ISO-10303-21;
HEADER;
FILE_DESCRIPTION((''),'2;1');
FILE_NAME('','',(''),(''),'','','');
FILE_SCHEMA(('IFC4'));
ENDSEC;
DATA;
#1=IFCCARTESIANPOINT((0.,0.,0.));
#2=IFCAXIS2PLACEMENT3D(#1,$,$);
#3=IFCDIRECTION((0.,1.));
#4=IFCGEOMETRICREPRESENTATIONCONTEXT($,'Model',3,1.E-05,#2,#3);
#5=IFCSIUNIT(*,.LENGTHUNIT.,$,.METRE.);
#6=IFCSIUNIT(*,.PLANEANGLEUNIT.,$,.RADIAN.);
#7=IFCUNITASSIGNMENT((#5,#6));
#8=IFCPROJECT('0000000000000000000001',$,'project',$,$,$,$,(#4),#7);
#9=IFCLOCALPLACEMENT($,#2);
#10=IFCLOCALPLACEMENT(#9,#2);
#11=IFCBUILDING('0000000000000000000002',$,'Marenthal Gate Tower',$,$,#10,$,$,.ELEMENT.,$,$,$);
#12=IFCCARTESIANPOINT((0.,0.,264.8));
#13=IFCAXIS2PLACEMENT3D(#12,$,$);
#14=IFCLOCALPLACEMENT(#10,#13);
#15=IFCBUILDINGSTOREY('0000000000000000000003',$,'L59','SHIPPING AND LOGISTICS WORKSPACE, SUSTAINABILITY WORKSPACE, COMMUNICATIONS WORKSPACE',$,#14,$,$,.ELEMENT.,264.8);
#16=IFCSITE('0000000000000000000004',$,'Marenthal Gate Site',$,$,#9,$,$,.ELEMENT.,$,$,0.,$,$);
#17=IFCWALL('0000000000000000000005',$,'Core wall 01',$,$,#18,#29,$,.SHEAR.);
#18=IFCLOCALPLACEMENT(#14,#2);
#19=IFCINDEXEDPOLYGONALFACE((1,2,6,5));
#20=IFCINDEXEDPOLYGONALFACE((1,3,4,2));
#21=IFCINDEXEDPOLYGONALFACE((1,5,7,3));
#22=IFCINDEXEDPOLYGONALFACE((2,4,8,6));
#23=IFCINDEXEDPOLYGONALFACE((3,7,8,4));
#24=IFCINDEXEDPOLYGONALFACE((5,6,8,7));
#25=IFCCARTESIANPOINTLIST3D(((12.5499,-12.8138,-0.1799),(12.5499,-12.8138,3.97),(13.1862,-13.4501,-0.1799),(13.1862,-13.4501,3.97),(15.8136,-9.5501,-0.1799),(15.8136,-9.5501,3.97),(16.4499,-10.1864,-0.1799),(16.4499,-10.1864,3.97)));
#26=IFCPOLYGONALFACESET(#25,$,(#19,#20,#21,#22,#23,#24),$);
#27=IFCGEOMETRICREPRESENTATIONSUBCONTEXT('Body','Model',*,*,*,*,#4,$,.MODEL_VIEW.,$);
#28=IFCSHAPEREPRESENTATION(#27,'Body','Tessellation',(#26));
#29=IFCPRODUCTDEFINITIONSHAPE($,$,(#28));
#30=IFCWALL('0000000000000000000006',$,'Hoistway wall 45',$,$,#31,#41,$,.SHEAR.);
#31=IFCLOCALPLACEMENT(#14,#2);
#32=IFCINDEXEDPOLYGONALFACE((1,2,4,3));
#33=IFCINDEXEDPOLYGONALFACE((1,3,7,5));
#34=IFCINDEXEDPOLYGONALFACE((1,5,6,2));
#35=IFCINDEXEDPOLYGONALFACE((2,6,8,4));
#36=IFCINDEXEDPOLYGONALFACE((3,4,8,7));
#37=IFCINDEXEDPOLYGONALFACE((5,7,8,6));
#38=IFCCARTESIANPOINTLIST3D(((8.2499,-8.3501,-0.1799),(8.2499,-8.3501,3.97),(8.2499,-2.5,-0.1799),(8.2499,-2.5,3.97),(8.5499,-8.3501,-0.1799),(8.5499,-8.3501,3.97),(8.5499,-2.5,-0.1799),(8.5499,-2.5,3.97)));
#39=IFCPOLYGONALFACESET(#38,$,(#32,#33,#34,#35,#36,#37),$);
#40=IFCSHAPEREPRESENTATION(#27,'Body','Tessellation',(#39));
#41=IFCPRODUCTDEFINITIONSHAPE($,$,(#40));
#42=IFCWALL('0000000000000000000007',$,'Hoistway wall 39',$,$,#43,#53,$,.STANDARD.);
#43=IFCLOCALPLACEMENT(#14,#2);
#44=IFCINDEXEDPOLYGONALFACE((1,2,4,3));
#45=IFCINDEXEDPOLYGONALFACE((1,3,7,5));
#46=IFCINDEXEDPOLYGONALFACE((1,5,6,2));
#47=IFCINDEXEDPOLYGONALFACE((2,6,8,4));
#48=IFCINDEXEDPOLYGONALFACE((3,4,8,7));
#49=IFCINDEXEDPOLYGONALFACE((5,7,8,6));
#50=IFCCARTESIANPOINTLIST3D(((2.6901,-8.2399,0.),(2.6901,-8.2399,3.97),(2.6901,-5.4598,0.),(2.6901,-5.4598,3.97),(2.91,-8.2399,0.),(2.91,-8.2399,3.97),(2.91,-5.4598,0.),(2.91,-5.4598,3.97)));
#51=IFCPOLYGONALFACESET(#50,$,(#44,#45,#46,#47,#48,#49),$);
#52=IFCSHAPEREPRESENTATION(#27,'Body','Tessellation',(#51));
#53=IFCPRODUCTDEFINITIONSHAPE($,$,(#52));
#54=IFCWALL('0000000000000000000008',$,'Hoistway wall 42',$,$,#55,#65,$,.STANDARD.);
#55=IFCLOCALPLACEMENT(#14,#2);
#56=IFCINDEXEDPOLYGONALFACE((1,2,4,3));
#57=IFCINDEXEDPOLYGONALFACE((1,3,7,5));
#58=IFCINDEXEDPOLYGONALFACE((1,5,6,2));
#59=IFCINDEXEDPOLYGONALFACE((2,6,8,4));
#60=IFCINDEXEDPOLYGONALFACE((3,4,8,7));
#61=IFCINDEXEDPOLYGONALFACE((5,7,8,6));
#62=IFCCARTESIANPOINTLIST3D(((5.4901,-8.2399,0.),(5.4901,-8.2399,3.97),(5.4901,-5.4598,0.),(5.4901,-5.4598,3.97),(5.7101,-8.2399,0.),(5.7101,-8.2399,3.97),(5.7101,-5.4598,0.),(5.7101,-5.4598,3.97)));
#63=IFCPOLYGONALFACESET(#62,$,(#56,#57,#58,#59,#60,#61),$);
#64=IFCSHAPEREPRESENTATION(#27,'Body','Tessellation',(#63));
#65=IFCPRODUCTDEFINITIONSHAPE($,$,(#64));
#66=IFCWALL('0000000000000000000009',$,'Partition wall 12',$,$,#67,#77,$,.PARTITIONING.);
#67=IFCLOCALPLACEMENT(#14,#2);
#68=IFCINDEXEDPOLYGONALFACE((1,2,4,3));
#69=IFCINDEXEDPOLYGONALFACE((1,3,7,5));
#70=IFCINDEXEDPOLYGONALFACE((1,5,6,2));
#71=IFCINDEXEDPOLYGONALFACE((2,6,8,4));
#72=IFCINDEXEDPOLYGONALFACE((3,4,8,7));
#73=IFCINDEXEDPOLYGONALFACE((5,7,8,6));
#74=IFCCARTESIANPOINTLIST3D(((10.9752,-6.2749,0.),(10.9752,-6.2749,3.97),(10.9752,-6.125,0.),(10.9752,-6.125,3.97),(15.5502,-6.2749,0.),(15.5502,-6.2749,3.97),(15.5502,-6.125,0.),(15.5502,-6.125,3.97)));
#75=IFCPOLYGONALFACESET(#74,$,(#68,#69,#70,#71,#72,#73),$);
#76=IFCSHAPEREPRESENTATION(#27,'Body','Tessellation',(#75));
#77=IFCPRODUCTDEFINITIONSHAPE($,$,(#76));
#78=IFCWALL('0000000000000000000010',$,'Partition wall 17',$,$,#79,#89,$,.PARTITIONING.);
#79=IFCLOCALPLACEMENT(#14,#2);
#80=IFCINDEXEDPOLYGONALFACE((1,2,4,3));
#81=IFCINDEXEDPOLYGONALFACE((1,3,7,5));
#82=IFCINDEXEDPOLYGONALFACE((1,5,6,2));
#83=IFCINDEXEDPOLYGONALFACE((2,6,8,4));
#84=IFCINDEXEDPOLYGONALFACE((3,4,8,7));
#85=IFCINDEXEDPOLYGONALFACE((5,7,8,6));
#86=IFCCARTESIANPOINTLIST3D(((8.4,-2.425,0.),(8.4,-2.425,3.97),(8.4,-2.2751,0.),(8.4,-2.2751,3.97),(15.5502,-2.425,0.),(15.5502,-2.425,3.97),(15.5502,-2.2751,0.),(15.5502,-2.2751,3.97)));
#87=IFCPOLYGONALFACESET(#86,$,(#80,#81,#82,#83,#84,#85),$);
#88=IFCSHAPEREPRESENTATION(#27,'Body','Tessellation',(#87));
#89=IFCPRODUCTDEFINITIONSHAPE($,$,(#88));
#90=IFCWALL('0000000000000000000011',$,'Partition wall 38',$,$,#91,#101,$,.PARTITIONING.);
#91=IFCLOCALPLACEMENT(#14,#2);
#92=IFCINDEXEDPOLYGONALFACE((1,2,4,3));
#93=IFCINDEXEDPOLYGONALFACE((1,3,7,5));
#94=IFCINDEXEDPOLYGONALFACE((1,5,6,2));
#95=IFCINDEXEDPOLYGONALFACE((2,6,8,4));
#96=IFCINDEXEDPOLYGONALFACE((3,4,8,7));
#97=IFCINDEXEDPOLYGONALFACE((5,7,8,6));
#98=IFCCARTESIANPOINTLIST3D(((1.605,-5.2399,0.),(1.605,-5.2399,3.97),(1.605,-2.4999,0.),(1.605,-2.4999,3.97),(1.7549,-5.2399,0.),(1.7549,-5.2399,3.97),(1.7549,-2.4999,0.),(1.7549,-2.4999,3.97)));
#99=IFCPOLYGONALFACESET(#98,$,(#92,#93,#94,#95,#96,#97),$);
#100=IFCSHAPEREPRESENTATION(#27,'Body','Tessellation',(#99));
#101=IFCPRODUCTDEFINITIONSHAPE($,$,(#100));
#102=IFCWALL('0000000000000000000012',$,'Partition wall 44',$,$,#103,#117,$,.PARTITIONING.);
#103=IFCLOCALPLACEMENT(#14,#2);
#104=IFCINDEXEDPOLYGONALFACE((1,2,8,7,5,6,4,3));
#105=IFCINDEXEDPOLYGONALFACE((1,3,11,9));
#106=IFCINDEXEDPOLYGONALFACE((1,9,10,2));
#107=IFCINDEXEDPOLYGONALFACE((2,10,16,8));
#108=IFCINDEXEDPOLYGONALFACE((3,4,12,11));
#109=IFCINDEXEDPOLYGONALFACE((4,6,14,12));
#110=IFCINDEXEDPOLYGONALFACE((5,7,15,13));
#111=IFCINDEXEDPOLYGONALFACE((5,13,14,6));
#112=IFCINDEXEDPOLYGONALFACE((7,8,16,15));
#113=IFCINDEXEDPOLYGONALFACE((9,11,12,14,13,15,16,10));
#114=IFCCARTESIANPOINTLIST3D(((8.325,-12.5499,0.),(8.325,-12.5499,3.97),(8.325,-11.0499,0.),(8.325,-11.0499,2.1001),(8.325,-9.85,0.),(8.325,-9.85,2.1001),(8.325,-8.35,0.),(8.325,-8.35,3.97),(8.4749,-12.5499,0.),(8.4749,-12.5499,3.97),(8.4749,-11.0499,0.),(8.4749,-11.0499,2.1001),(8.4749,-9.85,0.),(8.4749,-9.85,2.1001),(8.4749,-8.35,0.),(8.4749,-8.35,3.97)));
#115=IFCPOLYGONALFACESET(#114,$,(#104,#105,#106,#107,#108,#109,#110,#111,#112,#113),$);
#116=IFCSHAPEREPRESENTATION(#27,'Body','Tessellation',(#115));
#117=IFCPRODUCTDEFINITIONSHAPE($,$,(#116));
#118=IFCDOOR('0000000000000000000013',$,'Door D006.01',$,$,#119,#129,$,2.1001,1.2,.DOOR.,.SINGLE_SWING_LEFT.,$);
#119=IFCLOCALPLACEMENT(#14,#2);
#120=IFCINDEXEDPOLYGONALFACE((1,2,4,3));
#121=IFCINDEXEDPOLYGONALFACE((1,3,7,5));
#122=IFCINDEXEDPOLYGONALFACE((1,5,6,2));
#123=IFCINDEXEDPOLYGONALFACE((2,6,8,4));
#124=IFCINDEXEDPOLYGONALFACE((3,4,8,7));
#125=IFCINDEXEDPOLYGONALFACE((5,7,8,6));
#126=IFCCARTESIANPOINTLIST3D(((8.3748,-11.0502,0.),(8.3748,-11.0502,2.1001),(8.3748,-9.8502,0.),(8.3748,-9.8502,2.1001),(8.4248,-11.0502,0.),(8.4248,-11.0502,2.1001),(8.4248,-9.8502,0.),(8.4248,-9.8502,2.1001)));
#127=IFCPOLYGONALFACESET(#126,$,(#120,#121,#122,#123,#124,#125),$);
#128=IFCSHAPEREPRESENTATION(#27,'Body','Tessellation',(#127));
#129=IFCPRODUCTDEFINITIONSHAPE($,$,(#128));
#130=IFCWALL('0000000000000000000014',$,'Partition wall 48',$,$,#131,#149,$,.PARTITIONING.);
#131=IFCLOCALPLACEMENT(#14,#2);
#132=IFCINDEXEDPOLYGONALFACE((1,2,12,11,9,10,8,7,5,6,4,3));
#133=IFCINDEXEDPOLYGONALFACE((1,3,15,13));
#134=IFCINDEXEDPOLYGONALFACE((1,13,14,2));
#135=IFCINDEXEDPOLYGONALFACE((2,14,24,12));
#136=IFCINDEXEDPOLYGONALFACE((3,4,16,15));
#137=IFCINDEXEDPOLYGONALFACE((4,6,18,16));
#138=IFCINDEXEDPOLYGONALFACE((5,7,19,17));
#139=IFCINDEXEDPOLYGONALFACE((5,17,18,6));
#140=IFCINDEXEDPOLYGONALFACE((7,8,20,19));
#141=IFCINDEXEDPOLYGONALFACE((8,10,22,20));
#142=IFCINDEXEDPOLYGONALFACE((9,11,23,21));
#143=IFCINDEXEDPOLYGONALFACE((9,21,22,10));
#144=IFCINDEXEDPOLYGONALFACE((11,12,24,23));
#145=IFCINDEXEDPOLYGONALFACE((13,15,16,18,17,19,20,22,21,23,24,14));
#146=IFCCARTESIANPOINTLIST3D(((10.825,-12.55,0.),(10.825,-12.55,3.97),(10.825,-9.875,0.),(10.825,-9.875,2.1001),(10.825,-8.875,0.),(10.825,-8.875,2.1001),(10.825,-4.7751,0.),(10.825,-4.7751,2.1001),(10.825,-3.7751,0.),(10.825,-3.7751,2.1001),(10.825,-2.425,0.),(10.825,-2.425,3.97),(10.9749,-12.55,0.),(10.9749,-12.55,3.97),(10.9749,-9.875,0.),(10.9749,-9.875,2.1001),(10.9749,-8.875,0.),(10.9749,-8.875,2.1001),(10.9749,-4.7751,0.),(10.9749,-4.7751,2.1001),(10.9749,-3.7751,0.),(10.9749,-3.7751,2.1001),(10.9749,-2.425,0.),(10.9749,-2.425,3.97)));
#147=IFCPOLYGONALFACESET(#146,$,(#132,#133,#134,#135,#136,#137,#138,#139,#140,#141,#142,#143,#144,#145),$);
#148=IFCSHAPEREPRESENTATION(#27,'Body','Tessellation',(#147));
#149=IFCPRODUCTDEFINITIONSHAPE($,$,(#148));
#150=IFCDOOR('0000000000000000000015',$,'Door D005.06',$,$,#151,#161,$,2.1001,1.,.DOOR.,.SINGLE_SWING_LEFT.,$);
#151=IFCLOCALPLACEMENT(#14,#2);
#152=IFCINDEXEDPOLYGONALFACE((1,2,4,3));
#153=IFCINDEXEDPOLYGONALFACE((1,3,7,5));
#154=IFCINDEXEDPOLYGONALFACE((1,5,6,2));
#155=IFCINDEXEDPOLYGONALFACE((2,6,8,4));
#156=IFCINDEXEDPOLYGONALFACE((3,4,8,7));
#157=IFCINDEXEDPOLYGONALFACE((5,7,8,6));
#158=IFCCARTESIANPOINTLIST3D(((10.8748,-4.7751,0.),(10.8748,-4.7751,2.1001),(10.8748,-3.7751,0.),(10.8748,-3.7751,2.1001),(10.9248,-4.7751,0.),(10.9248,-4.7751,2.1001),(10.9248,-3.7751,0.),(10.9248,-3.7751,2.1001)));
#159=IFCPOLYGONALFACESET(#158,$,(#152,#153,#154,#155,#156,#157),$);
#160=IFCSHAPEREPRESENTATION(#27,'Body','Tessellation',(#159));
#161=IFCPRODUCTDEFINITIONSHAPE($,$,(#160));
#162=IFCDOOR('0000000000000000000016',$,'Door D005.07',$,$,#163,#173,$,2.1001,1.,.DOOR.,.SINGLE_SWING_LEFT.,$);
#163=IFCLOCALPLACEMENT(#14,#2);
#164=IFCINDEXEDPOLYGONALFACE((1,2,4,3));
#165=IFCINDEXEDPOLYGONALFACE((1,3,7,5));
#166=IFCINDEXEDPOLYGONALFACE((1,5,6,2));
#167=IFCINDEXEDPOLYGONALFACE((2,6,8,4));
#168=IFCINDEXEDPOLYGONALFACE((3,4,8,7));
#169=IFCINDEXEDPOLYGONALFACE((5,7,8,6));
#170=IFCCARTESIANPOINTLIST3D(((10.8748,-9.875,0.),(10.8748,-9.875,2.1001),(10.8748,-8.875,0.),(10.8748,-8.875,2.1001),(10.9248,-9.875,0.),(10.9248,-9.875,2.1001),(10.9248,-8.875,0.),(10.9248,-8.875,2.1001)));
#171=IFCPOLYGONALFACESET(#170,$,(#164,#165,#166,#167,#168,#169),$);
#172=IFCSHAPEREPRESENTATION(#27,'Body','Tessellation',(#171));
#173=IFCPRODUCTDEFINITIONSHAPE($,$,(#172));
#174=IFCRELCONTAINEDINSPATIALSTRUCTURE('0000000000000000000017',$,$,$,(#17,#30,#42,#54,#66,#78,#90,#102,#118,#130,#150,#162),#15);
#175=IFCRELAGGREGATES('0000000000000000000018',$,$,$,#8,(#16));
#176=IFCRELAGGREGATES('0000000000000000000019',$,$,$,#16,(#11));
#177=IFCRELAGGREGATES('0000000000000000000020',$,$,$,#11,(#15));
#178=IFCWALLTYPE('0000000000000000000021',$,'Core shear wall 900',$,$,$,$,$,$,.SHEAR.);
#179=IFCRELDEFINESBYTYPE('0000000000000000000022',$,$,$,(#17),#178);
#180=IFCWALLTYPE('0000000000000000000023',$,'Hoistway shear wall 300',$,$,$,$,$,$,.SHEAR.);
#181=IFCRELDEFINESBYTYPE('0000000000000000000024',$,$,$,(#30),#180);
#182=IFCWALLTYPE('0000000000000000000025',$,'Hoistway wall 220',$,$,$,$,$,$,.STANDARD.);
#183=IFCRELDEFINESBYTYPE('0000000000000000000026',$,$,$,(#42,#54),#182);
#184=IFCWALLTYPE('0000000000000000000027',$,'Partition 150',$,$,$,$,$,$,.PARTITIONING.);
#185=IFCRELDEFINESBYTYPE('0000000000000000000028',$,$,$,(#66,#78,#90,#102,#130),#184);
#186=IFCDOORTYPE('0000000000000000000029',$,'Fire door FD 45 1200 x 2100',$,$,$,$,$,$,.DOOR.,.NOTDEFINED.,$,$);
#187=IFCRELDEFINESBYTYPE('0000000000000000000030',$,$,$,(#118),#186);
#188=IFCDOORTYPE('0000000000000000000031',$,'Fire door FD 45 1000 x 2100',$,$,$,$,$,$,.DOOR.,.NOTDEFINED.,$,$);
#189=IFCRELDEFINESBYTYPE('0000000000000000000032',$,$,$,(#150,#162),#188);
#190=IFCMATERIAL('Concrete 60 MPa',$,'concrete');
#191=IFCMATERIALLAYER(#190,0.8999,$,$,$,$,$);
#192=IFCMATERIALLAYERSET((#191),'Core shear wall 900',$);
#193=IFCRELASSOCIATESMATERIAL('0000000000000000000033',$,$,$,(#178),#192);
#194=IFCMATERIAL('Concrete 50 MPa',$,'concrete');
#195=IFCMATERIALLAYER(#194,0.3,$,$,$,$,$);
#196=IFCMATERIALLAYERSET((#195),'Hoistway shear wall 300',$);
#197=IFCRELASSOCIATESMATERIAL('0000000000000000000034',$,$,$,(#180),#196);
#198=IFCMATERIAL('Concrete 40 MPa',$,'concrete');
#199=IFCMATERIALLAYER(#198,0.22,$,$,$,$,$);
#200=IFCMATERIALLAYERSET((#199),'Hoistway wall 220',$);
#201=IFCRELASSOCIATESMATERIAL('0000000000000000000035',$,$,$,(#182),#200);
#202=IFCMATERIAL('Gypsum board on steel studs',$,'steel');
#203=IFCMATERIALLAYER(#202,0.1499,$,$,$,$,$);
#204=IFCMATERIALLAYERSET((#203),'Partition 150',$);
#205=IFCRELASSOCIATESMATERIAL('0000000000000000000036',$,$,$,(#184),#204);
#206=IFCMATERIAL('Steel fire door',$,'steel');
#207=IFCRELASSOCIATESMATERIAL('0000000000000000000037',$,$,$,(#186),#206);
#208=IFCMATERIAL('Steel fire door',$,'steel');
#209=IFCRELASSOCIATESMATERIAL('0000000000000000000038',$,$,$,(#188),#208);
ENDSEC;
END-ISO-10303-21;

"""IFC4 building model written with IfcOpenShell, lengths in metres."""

from ifc_helpers import new_model, si_unit, direction, frame, frame_2d, origin, place, context, subcontext, project, spatial, rectangle, extrude, material, layer, layer_set, type_object, element, fill, save


model = new_model("IFC4")

# Units and contexts
model_context = context("Model", 3, precision=1e-05, world=origin(), true_north=direction((0.0, 1.0)))
body_context = subcontext(model_context, "Body", "Model", "MODEL_VIEW")
ifc_project = project(units=[si_unit("LENGTHUNIT", "METRE"), si_unit("PLANEANGLEUNIT", "RADIAN")], contexts=[model_context])

# Site, building, storey
site_placement = place(None, origin())
site = spatial("IfcSite", under=ifc_project, at=site_placement, Name="Marenthal Gate Site", CompositionType="ELEMENT", RefElevation=0.0)
building_placement = place(site_placement, origin())
building = spatial("IfcBuilding", under=site, at=building_placement, Name="Marenthal Gate Tower", CompositionType="ELEMENT")
storey_placement = place(building_placement, frame((0.0, 0.0, 264.8)))
storey = spatial("IfcBuildingStorey", under=building, at=storey_placement, Name="L59", Description="SHIPPING AND LOGISTICS WORKSPACE, SUSTAINABILITY WORKSPACE, COMMUNICATIONS WORKSPACE", CompositionType="ELEMENT", Elevation=264.8)

# Walls
ifc_material_1 = material(Name="Concrete 60 MPa", Category="concrete")
ifc_layer_1 = layer(ifc_material_1, 0.8999)
ifc_layer_set_1 = layer_set([ifc_layer_1], Name="Core shear wall 900")
wall_type_1 = type_object("IfcWallType", Name="Core shear wall 900", PredefinedType="SHEAR", material=ifc_layer_set_1)
wall_1_placement = place(storey_placement, frame((12.8682, -13.1318, -0.1799), z_axis=(0.0, 0.0, 1.0), x_axis=(0.707107, 0.707107, 0.0)))
element("IfcWall", 1, at=wall_1_placement, inside=storey, type_object=wall_type_1, Name="Core wall 01", PredefinedType="SHEAR", context=body_context, shape_type="SweptSolid", body=[
    extrude(rectangle(XDim=4.6155, YDim=0.8999, at=frame_2d((2.3076, 0.0))), origin(), (0.0, 0.0, 1.0), 4.1499),
])
ifc_material_2 = material(Name="Concrete 50 MPa", Category="concrete")
ifc_layer_2 = layer(ifc_material_2, 0.3)
ifc_layer_set_2 = layer_set([ifc_layer_2], Name="Hoistway shear wall 300")
wall_type_2 = type_object("IfcWallType", Name="Hoistway shear wall 300", PredefinedType="SHEAR", material=ifc_layer_set_2)
wall_2_placement = place(storey_placement, frame((8.3999, -8.3501, -0.1799), z_axis=(0.0, 0.0, 1.0), x_axis=(0.0, 1.0, 0.0)))
element("IfcWall", 2, at=wall_2_placement, inside=storey, type_object=wall_type_2, Name="Hoistway wall 45", PredefinedType="SHEAR", context=body_context, shape_type="SweptSolid", body=[
    extrude(rectangle(XDim=5.8501, YDim=0.3, at=frame_2d((2.925, 0.0))), origin(), (0.0, 0.0, 1.0), 4.1499),
])
ifc_material_3 = material(Name="Concrete 40 MPa", Category="concrete")
ifc_layer_3 = layer(ifc_material_3, 0.22)
ifc_layer_set_3 = layer_set([ifc_layer_3], Name="Hoistway wall 220")
wall_type_3 = type_object("IfcWallType", Name="Hoistway wall 220", PredefinedType="STANDARD", material=ifc_layer_set_3)
for number, where, z_axis, x_axis, name in (
    (3, (2.8, -8.24, 0.0), (0.0, 0.0, 1.0), (0.0, 1.0, 0.0), "Hoistway wall 39"),
    (4, (5.6001, -8.24, 0.0), (0.0, 0.0, 1.0), (0.0, 1.0, 0.0), "Hoistway wall 42"),
):
    element("IfcWall", number, at=place(storey_placement, frame(where, z_axis=z_axis, x_axis=x_axis)), inside=storey, type_object=wall_type_3, Name=name, PredefinedType="STANDARD", context=body_context, shape_type="SweptSolid", body=[
        extrude(rectangle(XDim=2.78, YDim=0.22, at=frame_2d((1.3901, 0.0))), origin(), (0.0, 0.0, 1.0), 3.97),
    ])
ifc_material_4 = material(Name="Gypsum board on steel studs", Category="steel")
ifc_layer_4 = layer(ifc_material_4, 0.1499)
ifc_layer_set_4 = layer_set([ifc_layer_4], Name="Partition 150")
wall_type_4 = type_object("IfcWallType", Name="Partition 150", PredefinedType="PARTITIONING", material=ifc_layer_set_4)
wall_3_placement = place(storey_placement, frame((10.9751, -6.2, 0.0), z_axis=(0.0, 0.0, 1.0), x_axis=(1.0, 0.0, 0.0)))
element("IfcWall", 5, at=wall_3_placement, inside=storey, type_object=wall_type_4, Name="Partition wall 12", PredefinedType="PARTITIONING", context=body_context, shape_type="SweptSolid", body=[
    extrude(rectangle(XDim=4.575, YDim=0.1499, at=frame_2d((2.2876, 0.0))), origin(), (0.0, 0.0, 1.0), 3.97),
])
wall_4_placement = place(storey_placement, frame((8.3999, -2.3501, 0.0), z_axis=(0.0, 0.0, 1.0), x_axis=(1.0, 0.0, 0.0)))
element("IfcWall", 6, at=wall_4_placement, inside=storey, type_object=wall_type_4, Name="Partition wall 17", PredefinedType="PARTITIONING", context=body_context, shape_type="SweptSolid", body=[
    extrude(rectangle(XDim=7.1501, YDim=0.1499, at=frame_2d((3.5752, 0.0))), origin(), (0.0, 0.0, 1.0), 3.97),
])
wall_5_placement = place(storey_placement, frame((1.6799, -5.24, 0.0), z_axis=(0.0, 0.0, 1.0), x_axis=(0.0, 1.0, 0.0)))
element("IfcWall", 7, at=wall_5_placement, inside=storey, type_object=wall_type_4, Name="Partition wall 38", PredefinedType="PARTITIONING", context=body_context, shape_type="SweptSolid", body=[
    extrude(rectangle(XDim=2.74, YDim=0.1499, at=frame_2d((1.3701, 0.0))), origin(), (0.0, 0.0, 1.0), 3.97),
])

# Wall, opening, door
wall_6_placement = place(storey_placement, frame((8.3999, -12.55, 0.0), z_axis=(0.0, 0.0, 1.0), x_axis=(0.0, 1.0, 0.0)))
wall_6 = element("IfcWall", 8, at=wall_6_placement, inside=storey, type_object=wall_type_4, Name="Partition wall 44", PredefinedType="PARTITIONING", context=body_context, shape_type="SweptSolid", body=[
    extrude(rectangle(XDim=4.2, YDim=0.1499, at=frame_2d((2.1001, 0.0))), origin(), (0.0, 0.0, 1.0), 3.97),
])
opening_1_placement = place(wall_6_placement, frame((1.5, 0.0, 0.0)))
opening_1 = element("IfcOpeningElement", 9, at=opening_1_placement, cuts=wall_6, PredefinedType="OPENING", context=body_context, shape_type="SweptSolid", body=[
    extrude(rectangle(XDim=1.2, YDim=2.1001, at=frame_2d((0.6001, 1.05))), frame((0.0, 0.085, 0.0), z_axis=(0.0, -1.0, 0.0), x_axis=(1.0, 0.0, 0.0)), (0.0, 0.0, 1.0), 0.1699),
])
ifc_material_5 = material(Name="Steel fire door", Category="steel")
door_type_1 = type_object("IfcDoorType", Name="Fire door FD 45 1200 x 2100", OperationType="NOTDEFINED", PredefinedType="DOOR", material=ifc_material_5)
door_1_placement = place(opening_1_placement, frame((1.2, 0.0, 0.0), z_axis=(0.0, 0.0, 1.0), x_axis=(-1.0, 0.0, 0.0)))
door_1 = element("IfcDoor", 10, at=door_1_placement, inside=storey, type_object=door_type_1, Name="Door D006.01", OperationType="SINGLE_SWING_LEFT", OverallHeight=2.1001, OverallWidth=1.2, PredefinedType="DOOR", context=body_context, shape_type="SweptSolid", body=[
    extrude(rectangle(XDim=1.2, YDim=2.1001, at=frame_2d((0.6001, 1.05))), frame((0.0, 0.0249, 0.0), z_axis=(0.0, -1.0, 0.0), x_axis=(1.0, 0.0, 0.0)), (0.0, 0.0, 1.0), 0.05),
])
fill(opening_1, door_1)

# Wall, openings, doors
wall_7_placement = place(storey_placement, frame((10.8999, -12.55, 0.0), z_axis=(0.0, 0.0, 1.0), x_axis=(0.0, 1.0, 0.0)))
wall_7 = element("IfcWall", 11, at=wall_7_placement, inside=storey, type_object=wall_type_4, Name="Partition wall 48", PredefinedType="PARTITIONING", context=body_context, shape_type="SweptSolid", body=[
    extrude(rectangle(XDim=10.125, YDim=0.1499, at=frame_2d((5.0625, 0.0))), origin(), (0.0, 0.0, 1.0), 3.97),
])
opening_2_placement = place(wall_7_placement, frame((7.7749, 0.0, 0.0)))
opening_2 = element("IfcOpeningElement", 12, at=opening_2_placement, cuts=wall_7, PredefinedType="OPENING", context=body_context, shape_type="SweptSolid", body=[
    extrude(rectangle(XDim=1.0, YDim=2.1001, at=frame_2d((0.5, 1.05))), frame((0.0, 0.085, 0.0), z_axis=(0.0, -1.0, 0.0), x_axis=(1.0, 0.0, 0.0)), (0.0, 0.0, 1.0), 0.1699),
])
opening_3_placement = place(wall_7_placement, frame((2.675, 0.0, 0.0)))
opening_3 = element("IfcOpeningElement", 13, at=opening_3_placement, cuts=wall_7, PredefinedType="OPENING", context=body_context, shape_type="SweptSolid", body=[
    extrude(rectangle(XDim=1.0, YDim=2.1001, at=frame_2d((0.5, 1.05))), frame((0.0, 0.085, 0.0), z_axis=(0.0, -1.0, 0.0), x_axis=(1.0, 0.0, 0.0)), (0.0, 0.0, 1.0), 0.1699),
])
ifc_material_6 = material(Name="Steel fire door", Category="steel")
door_type_2 = type_object("IfcDoorType", Name="Fire door FD 45 1000 x 2100", OperationType="NOTDEFINED", PredefinedType="DOOR", material=ifc_material_6)
door_2_placement = place(opening_2_placement, frame((1.0, 0.0, 0.0), z_axis=(0.0, 0.0, 1.0), x_axis=(-1.0, 0.0, 0.0)))
door_2 = element("IfcDoor", 14, at=door_2_placement, inside=storey, type_object=door_type_2, Name="Door D005.06", OperationType="SINGLE_SWING_LEFT", OverallHeight=2.1001, OverallWidth=1.0, PredefinedType="DOOR", context=body_context, shape_type="SweptSolid", body=[
    extrude(rectangle(XDim=1.0, YDim=2.1001, at=frame_2d((0.5, 1.05))), frame((0.0, 0.0249, 0.0), z_axis=(0.0, -1.0, 0.0), x_axis=(1.0, 0.0, 0.0)), (0.0, 0.0, 1.0), 0.05),
])
fill(opening_2, door_2)
door_3_placement = place(opening_3_placement, frame((1.0, 0.0, 0.0), z_axis=(0.0, 0.0, 1.0), x_axis=(-1.0, 0.0, 0.0)))
door_3 = element("IfcDoor", 15, at=door_3_placement, inside=storey, type_object=door_type_2, Name="Door D005.07", OperationType="SINGLE_SWING_LEFT", OverallHeight=2.1001, OverallWidth=1.0, PredefinedType="DOOR", context=body_context, shape_type="SweptSolid", body=[
    extrude(rectangle(XDim=1.0, YDim=2.1001, at=frame_2d((0.5, 1.05))), frame((0.0, 0.0249, 0.0), z_axis=(0.0, -1.0, 0.0), x_axis=(1.0, 0.0, 0.0)), (0.0, 0.0, 1.0), 0.05),
])
fill(opening_3, door_3)

save(model, "model.ifc")
